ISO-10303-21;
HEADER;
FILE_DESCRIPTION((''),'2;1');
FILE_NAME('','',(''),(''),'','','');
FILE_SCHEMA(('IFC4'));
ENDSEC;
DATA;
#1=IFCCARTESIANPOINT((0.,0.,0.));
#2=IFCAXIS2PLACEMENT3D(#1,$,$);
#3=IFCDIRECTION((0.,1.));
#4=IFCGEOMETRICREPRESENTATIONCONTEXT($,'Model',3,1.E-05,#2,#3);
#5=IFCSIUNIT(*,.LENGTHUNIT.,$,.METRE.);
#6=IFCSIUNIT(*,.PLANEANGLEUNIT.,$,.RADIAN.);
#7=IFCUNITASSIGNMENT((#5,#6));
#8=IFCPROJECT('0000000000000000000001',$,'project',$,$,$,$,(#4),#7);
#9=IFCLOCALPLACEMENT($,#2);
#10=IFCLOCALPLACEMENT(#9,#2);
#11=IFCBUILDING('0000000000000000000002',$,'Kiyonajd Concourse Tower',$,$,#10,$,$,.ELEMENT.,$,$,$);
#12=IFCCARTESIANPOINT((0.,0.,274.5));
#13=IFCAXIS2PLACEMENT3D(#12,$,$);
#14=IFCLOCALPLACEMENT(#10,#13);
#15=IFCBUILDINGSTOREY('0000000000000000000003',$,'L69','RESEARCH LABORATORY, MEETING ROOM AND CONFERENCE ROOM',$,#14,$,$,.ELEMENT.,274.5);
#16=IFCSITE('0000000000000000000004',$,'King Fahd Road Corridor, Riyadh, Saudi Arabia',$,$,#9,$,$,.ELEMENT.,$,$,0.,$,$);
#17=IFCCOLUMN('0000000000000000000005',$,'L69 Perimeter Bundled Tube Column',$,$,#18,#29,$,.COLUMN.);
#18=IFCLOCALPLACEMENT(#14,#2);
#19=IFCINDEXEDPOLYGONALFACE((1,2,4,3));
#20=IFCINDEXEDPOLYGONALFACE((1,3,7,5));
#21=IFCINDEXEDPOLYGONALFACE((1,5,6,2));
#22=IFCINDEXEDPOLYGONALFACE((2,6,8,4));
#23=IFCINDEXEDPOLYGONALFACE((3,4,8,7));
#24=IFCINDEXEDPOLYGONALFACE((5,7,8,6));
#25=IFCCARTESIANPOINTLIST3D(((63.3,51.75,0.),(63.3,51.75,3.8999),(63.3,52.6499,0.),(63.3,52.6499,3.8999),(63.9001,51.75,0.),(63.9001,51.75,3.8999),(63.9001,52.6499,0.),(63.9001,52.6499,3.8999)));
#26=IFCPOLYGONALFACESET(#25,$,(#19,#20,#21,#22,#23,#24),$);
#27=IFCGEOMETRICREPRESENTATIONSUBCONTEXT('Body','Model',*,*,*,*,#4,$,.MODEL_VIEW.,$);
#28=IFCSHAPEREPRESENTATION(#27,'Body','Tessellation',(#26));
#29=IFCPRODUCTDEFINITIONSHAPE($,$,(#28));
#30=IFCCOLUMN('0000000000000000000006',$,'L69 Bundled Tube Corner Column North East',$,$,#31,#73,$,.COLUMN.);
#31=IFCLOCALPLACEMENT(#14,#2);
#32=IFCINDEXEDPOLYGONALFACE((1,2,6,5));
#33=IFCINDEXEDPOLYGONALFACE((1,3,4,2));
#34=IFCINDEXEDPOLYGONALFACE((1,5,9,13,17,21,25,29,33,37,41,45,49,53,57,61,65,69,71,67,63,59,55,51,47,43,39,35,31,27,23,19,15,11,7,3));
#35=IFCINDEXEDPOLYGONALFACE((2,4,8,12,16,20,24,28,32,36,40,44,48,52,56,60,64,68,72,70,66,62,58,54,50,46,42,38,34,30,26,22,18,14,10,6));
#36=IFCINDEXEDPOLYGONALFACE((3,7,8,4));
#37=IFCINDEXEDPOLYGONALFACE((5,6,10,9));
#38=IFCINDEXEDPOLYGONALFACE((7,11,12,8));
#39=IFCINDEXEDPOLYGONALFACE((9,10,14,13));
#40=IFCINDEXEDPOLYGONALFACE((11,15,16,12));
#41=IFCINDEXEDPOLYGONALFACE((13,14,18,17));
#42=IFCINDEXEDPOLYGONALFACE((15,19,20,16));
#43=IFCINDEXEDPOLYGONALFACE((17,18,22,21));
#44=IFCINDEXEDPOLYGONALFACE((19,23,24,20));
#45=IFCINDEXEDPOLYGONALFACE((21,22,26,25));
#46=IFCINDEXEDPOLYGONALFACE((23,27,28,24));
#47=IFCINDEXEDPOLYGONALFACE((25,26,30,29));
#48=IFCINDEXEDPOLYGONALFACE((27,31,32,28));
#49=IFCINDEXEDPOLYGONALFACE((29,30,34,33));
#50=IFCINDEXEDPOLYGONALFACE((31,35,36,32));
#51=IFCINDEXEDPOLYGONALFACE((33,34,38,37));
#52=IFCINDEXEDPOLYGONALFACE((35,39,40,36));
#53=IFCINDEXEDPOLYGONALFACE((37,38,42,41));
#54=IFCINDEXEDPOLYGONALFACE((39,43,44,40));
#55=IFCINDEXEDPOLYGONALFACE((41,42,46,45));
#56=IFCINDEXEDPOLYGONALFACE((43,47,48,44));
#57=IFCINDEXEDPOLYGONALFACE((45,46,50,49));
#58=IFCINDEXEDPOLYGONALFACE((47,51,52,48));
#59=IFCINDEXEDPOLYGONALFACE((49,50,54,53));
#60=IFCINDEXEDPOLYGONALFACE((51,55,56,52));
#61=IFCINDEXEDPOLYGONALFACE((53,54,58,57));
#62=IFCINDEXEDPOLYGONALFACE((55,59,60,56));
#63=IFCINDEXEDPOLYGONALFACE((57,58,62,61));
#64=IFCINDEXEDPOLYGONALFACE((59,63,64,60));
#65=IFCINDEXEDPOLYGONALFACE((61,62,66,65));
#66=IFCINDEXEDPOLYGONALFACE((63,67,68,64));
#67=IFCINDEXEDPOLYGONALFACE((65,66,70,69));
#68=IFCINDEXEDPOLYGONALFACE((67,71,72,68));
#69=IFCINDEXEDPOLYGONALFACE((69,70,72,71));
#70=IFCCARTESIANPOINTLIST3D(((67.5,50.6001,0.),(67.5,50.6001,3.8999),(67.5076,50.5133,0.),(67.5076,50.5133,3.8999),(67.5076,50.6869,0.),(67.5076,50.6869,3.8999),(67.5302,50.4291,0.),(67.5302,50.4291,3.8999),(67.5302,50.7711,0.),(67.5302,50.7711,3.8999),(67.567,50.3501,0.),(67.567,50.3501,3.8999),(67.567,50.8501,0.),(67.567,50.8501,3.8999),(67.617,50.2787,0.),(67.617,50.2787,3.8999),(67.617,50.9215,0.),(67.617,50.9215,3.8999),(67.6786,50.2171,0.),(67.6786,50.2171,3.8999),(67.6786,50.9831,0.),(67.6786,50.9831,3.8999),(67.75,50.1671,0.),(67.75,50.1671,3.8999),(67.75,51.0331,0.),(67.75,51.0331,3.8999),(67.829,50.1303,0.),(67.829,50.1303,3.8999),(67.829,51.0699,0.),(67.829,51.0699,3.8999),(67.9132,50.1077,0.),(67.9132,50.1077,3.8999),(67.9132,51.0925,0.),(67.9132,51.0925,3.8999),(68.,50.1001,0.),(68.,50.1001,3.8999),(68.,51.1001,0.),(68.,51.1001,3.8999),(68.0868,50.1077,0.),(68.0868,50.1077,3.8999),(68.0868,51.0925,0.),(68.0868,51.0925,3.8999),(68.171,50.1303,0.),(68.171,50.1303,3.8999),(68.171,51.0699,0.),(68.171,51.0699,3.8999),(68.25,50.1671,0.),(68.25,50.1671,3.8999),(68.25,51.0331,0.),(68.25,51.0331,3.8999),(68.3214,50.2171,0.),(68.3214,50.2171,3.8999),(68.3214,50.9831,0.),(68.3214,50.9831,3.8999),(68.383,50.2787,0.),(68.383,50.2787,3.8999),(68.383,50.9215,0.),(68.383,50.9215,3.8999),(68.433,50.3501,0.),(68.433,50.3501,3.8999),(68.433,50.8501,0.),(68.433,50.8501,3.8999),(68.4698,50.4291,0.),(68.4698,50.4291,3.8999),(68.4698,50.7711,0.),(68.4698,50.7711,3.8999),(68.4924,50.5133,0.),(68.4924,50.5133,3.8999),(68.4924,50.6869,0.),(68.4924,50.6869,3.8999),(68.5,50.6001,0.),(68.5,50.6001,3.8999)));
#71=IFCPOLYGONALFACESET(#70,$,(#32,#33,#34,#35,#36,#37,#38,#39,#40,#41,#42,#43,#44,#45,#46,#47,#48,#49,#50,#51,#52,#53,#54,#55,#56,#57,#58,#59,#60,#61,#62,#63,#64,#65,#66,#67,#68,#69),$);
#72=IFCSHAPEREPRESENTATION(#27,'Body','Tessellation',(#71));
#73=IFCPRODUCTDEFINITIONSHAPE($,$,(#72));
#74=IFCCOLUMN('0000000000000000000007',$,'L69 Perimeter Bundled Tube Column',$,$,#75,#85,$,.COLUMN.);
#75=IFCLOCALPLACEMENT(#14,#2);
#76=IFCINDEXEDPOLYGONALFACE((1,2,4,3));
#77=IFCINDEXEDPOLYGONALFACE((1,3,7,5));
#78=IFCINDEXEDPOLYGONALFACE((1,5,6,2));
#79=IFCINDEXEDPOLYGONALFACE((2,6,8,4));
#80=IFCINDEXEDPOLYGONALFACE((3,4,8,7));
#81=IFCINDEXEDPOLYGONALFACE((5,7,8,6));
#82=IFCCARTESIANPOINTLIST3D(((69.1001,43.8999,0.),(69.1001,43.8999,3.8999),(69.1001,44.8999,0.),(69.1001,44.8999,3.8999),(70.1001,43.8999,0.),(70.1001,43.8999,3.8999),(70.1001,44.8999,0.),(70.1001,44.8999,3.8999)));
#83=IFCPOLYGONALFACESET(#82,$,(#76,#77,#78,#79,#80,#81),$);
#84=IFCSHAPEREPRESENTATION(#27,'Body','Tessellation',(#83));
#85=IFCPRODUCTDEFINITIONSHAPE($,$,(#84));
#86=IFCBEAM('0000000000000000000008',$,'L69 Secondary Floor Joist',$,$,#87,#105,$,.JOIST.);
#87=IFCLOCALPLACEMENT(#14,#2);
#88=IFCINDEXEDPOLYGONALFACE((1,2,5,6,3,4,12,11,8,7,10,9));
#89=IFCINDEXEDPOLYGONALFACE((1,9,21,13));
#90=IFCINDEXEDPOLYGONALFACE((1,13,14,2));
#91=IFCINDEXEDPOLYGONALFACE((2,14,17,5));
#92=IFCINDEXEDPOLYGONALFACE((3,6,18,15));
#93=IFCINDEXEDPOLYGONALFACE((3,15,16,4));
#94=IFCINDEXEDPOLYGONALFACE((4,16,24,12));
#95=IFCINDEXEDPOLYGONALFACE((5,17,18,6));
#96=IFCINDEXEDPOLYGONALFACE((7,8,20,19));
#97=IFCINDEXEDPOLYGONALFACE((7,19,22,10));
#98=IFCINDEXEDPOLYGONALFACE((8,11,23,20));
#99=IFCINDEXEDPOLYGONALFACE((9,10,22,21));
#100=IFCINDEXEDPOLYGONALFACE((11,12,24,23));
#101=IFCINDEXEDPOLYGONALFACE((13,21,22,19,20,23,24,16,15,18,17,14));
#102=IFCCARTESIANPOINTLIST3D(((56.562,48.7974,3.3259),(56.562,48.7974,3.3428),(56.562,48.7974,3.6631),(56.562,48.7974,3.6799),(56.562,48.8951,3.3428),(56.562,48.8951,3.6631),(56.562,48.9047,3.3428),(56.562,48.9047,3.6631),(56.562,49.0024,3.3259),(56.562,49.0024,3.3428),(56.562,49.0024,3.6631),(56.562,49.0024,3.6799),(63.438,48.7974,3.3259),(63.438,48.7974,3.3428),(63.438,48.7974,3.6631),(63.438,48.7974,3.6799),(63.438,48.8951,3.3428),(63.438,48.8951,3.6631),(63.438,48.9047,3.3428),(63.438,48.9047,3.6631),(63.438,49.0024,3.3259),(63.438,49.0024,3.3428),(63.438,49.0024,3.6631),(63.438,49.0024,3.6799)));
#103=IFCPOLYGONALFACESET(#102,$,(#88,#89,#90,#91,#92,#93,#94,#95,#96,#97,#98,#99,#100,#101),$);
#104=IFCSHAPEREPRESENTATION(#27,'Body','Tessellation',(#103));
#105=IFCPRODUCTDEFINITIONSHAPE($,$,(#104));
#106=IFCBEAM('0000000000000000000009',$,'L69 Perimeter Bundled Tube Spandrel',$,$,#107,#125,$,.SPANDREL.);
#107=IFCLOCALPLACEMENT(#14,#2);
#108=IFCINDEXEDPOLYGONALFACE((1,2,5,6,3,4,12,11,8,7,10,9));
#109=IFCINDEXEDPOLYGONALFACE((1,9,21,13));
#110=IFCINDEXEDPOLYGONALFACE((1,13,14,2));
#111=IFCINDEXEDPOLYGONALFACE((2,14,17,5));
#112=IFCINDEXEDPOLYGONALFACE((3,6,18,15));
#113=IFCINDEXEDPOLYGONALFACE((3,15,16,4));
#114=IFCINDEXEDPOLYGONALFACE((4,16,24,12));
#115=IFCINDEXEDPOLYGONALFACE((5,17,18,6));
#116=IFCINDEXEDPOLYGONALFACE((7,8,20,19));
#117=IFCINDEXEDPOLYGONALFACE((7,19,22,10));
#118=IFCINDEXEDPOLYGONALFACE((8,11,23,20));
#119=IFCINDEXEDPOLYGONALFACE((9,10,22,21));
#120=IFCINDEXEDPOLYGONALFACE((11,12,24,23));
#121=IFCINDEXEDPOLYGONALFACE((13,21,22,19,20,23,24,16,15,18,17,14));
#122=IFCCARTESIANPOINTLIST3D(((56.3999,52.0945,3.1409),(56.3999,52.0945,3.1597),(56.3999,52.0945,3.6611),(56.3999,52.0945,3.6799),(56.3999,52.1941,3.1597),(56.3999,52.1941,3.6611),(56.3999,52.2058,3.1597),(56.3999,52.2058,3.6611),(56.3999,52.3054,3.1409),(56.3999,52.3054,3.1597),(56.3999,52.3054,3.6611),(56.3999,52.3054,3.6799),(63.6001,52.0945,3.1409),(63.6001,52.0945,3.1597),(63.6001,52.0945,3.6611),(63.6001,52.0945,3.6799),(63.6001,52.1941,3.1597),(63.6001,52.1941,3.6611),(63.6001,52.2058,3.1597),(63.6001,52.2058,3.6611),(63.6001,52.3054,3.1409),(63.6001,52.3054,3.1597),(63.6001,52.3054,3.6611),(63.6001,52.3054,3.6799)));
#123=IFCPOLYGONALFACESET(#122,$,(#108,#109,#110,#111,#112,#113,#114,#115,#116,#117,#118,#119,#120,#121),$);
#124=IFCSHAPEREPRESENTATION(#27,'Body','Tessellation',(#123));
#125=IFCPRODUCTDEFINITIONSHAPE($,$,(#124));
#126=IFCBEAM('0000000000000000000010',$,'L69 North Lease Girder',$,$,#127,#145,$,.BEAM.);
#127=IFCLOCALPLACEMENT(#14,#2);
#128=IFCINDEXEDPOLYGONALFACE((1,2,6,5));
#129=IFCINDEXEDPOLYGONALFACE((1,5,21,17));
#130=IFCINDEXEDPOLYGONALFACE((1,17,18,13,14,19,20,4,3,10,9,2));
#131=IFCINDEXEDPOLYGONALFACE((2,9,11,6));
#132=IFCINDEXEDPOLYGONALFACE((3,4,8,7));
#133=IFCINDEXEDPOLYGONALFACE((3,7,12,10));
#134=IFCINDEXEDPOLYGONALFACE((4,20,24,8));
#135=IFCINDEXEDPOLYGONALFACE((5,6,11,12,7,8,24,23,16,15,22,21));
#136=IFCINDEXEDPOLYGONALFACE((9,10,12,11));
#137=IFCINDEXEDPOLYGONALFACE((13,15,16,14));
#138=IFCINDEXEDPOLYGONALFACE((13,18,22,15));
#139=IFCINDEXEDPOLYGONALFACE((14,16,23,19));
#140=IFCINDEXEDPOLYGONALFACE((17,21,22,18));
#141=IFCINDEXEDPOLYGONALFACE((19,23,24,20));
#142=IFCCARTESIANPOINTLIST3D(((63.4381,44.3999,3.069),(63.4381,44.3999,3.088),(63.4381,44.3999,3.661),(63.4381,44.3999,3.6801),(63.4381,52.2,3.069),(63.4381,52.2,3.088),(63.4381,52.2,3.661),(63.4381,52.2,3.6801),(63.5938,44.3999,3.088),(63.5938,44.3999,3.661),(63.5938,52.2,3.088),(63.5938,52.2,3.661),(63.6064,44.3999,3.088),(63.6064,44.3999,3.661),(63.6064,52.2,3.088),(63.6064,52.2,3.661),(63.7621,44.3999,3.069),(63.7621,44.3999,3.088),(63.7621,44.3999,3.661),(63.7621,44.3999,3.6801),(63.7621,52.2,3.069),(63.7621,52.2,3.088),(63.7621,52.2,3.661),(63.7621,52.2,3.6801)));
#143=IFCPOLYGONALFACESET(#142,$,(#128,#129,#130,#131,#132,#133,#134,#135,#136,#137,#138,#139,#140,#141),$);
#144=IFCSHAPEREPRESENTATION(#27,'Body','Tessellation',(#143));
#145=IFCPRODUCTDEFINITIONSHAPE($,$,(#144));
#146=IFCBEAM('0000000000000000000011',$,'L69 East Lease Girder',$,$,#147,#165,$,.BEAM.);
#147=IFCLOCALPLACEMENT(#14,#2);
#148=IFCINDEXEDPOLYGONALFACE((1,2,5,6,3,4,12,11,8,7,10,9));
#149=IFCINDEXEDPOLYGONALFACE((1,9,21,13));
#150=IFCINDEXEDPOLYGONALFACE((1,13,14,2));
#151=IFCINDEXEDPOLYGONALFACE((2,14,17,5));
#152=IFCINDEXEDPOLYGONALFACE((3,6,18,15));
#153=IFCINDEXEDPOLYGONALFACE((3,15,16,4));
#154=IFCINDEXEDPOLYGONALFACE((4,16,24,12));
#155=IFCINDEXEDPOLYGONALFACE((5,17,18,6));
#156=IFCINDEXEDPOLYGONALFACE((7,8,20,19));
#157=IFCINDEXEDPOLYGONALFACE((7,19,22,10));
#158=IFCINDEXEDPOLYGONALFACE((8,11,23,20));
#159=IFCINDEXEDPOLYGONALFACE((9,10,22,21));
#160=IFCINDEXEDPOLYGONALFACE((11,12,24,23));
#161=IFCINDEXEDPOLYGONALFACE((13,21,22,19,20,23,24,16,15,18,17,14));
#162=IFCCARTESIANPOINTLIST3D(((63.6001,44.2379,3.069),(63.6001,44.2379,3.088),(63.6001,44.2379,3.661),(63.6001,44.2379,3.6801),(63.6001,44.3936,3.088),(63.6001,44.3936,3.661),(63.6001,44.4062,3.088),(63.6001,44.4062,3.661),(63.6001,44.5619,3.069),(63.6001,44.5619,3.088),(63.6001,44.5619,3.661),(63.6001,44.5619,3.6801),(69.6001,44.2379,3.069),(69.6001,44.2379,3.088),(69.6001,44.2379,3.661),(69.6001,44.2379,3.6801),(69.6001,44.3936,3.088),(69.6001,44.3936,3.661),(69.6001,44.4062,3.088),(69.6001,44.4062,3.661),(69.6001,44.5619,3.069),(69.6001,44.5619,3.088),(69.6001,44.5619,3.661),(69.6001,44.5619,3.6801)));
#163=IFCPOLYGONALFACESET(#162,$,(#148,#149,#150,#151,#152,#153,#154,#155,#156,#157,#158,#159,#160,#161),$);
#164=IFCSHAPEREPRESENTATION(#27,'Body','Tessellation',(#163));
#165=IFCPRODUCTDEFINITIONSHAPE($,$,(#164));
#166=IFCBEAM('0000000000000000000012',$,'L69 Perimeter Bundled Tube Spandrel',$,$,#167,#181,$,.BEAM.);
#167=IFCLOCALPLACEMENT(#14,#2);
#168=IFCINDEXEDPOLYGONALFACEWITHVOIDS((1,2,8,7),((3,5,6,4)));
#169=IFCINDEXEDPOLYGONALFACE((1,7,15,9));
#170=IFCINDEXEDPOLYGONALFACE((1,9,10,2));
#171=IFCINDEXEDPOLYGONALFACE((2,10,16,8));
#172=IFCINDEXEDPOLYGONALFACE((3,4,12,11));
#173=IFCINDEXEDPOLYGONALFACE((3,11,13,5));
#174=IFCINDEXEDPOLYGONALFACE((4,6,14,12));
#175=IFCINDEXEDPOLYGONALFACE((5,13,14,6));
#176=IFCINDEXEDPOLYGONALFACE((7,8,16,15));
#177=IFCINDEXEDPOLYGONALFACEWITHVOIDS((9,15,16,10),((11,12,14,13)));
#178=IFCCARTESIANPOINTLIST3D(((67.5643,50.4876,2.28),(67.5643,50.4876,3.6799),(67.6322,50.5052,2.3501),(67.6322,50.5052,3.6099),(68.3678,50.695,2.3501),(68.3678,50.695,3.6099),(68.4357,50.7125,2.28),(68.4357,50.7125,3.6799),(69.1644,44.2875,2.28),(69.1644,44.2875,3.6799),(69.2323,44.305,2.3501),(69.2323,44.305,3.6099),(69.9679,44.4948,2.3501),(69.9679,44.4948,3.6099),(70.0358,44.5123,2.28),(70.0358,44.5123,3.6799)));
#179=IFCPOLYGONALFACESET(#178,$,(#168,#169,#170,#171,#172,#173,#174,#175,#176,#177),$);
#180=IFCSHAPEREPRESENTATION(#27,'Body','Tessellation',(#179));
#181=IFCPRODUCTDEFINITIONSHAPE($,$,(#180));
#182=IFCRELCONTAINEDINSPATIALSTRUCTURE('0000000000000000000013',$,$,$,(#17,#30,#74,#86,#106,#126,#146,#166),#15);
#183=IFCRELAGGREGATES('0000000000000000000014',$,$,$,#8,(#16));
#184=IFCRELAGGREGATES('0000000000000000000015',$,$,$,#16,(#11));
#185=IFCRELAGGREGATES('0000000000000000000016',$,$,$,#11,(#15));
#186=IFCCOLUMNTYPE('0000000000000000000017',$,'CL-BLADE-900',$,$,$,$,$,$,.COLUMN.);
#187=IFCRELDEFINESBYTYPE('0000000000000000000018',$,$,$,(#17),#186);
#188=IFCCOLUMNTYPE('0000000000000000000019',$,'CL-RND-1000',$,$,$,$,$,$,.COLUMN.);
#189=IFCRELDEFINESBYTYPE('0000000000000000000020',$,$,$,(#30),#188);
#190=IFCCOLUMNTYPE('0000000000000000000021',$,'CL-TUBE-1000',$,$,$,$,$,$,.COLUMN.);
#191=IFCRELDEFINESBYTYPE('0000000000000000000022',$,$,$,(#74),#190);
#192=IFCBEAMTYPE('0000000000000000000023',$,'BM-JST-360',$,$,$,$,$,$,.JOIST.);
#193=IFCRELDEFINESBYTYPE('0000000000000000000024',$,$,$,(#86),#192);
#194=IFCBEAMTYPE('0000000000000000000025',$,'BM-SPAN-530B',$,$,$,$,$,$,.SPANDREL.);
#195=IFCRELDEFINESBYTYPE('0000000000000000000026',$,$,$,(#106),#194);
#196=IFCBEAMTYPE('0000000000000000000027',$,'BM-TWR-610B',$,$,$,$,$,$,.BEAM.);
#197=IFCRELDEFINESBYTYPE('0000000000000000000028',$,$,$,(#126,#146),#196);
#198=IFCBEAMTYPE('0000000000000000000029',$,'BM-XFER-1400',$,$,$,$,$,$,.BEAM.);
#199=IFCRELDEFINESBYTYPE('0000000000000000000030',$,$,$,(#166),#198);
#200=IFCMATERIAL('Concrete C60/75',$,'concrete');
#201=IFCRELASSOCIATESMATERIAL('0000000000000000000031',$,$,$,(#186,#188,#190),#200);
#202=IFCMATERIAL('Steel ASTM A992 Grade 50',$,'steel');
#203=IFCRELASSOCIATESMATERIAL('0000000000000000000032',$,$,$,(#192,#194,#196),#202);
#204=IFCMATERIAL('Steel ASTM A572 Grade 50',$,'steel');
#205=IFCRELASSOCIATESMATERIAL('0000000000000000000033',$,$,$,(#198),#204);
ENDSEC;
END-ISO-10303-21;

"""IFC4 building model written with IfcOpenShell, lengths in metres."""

from ifc_helpers import new_model, si_unit, direction, frame, origin, origin_2d, place, context, subcontext, project, spatial, rectangle, hollow_rectangle, circle, i_section, extrude, material, material_profile, profile_set, type_object, element, save


model = new_model("IFC4")

# Units and contexts
model_context = context("Model", 3, precision=1e-05, world=origin(), true_north=direction((0.0, 1.0)))
body_context = subcontext(model_context, "Body", "Model", "MODEL_VIEW")
ifc_project = project(units=[si_unit("LENGTHUNIT", "METRE"), si_unit("PLANEANGLEUNIT", "RADIAN")], contexts=[model_context])

# Site, building, storey
site_placement = place(None, origin())
site = spatial("IfcSite", under=ifc_project, at=site_placement, Name="King Fahd Road Corridor, Riyadh, Saudi Arabia", CompositionType="ELEMENT", RefElevation=0.0)
building_placement = place(site_placement, origin())
building = spatial("IfcBuilding", under=site, at=building_placement, Name="Kiyonajd Concourse Tower", CompositionType="ELEMENT")
storey_placement = place(building_placement, frame((0.0, 0.0, 274.5)))
storey = spatial("IfcBuildingStorey", under=building, at=storey_placement, Name="L69", Description="RESEARCH LABORATORY, MEETING ROOM AND CONFERENCE ROOM", CompositionType="ELEMENT", Elevation=274.5)

# Columns
ifc_material_1 = material(Name="Concrete C60/75", Category="concrete")
ifc_material_profile_1 = material_profile(ifc_material_1, rectangle(XDim=0.6001, YDim=0.8999, at=origin_2d()), Name="RC-900x600")
ifc_profile_set_1 = profile_set([ifc_material_profile_1], Name="Concrete C60/75")
column_type_1 = type_object("IfcColumnType", Name="CL-BLADE-900", PredefinedType="COLUMN", material=ifc_profile_set_1)
column_1_placement = place(storey_placement, frame((63.6001, 52.2, 0.0), z_axis=(0.0, 0.0, 1.0), x_axis=(1.0, 0.0, 0.0)))
element("IfcColumn", 1, at=column_1_placement, inside=storey, type_object=column_type_1, Name="L69 Perimeter Bundled Tube Column", PredefinedType="COLUMN", context=body_context, shape_type="SweptSolid", body=[
    extrude(rectangle(XDim=0.6001, YDim=0.8999, at=origin_2d()), origin(), (0.0, 0.0, 1.0), 3.8999),
])
ifc_material_profile_2 = material_profile(ifc_material_1, circle(Radius=0.5, at=origin_2d()), Name="RCC-D1000")
ifc_profile_set_2 = profile_set([ifc_material_profile_2], Name="Concrete C60/75")
column_type_2 = type_object("IfcColumnType", Name="CL-RND-1000", PredefinedType="COLUMN", material=ifc_profile_set_2)
column_2_placement = place(storey_placement, frame((68.0, 50.6001, 0.0), z_axis=(0.0, 0.0, 1.0), x_axis=(1.0, 0.0, 0.0)))
element("IfcColumn", 2, at=column_2_placement, inside=storey, type_object=column_type_2, Name="L69 Bundled Tube Corner Column North East", PredefinedType="COLUMN", context=body_context, shape_type="SweptSolid", body=[
    extrude(circle(Radius=0.5, at=origin_2d()), origin(), (0.0, 0.0, 1.0), 3.8999),
])
ifc_material_profile_3 = material_profile(ifc_material_1, rectangle(XDim=1.0, YDim=1.0, at=origin_2d()), Name="RC-1000x1000")
ifc_profile_set_3 = profile_set([ifc_material_profile_3], Name="Concrete C60/75")
column_type_3 = type_object("IfcColumnType", Name="CL-TUBE-1000", PredefinedType="COLUMN", material=ifc_profile_set_3)
column_3_placement = place(storey_placement, frame((69.6001, 44.3999, 0.0), z_axis=(0.0, 0.0, 1.0), x_axis=(1.0, 0.0, 0.0)))
element("IfcColumn", 3, at=column_3_placement, inside=storey, type_object=column_type_3, Name="L69 Perimeter Bundled Tube Column", PredefinedType="COLUMN", context=body_context, shape_type="SweptSolid", body=[
    extrude(rectangle(XDim=1.0, YDim=1.0, at=origin_2d()), origin(), (0.0, 0.0, 1.0), 3.8999),
])

# Beams
ifc_material_2 = material(Name="Steel ASTM A992 Grade 50", Category="steel")
ifc_material_profile_4 = material_profile(ifc_material_2, i_section(OverallWidth=0.2051, OverallDepth=0.354, WebThickness=0.0095, FlangeThickness=0.0168, at=origin_2d()), Name="W360X79")
ifc_profile_set_4 = profile_set([ifc_material_profile_4], Name="Steel ASTM A992 Grade 50")
beam_type_1 = type_object("IfcBeamType", Name="BM-JST-360", PredefinedType="JOIST", material=ifc_profile_set_4)
beam_1_placement = place(storey_placement, frame((56.562, 48.8999, 3.5029), z_axis=(1.0, 0.0, 0.0), x_axis=(0.0, 1.0, 0.0)))
element("IfcBeam", 4, at=beam_1_placement, inside=storey, type_object=beam_type_1, Name="L69 Secondary Floor Joist", PredefinedType="JOIST", context=body_context, shape_type="SweptSolid", body=[
    extrude(i_section(OverallWidth=0.2051, OverallDepth=0.354, WebThickness=0.0095, FlangeThickness=0.0168, at=origin_2d()), origin(), (0.0, 0.0, 1.0), 6.876),
])
ifc_material_profile_5 = material_profile(ifc_material_2, i_section(OverallWidth=0.2109, OverallDepth=0.5391, WebThickness=0.0117, FlangeThickness=0.0188, at=origin_2d()), Name="W530X109")
ifc_profile_set_5 = profile_set([ifc_material_profile_5], Name="Steel ASTM A992 Grade 50")
beam_type_2 = type_object("IfcBeamType", Name="BM-SPAN-530B", PredefinedType="SPANDREL", material=ifc_profile_set_5)
beam_2_placement = place(storey_placement, frame((63.6001, 52.2, 3.4104), z_axis=(-1.0, 0.0, 0.0), x_axis=(0.0, -1.0, 0.0)))
element("IfcBeam", 5, at=beam_2_placement, inside=storey, type_object=beam_type_2, Name="L69 Perimeter Bundled Tube Spandrel", PredefinedType="SPANDREL", context=body_context, shape_type="SweptSolid", body=[
    extrude(i_section(OverallWidth=0.2109, OverallDepth=0.5391, WebThickness=0.0117, FlangeThickness=0.0188, at=origin_2d()), origin(), (0.0, 0.0, 1.0), 7.2002),
])
ifc_material_profile_6 = material_profile(ifc_material_2, i_section(OverallWidth=0.324, OverallDepth=0.6111, WebThickness=0.0127, FlangeThickness=0.019, at=origin_2d()), Name="W610X155")
ifc_profile_set_6 = profile_set([ifc_material_profile_6], Name="Steel ASTM A992 Grade 50")
beam_type_3 = type_object("IfcBeamType", Name="BM-TWR-610B", PredefinedType="BEAM", material=ifc_profile_set_6)
beam_3_placement = place(storey_placement, frame((63.6001, 44.3999, 3.3745), z_axis=(0.0, 1.0, 0.0), x_axis=(-1.0, 0.0, 0.0)))
element("IfcBeam", 6, at=beam_3_placement, inside=storey, type_object=beam_type_3, Name="L69 North Lease Girder", PredefinedType="BEAM", context=body_context, shape_type="SweptSolid", body=[
    extrude(i_section(OverallWidth=0.324, OverallDepth=0.6111, WebThickness=0.0127, FlangeThickness=0.019, at=origin_2d()), origin(), (0.0, 0.0, 1.0), 7.8),
])
beam_4_placement = place(storey_placement, frame((63.6001, 44.3999, 3.3745), z_axis=(1.0, 0.0, 0.0), x_axis=(0.0, 1.0, 0.0)))
element("IfcBeam", 7, at=beam_4_placement, inside=storey, type_object=beam_type_3, Name="L69 East Lease Girder", PredefinedType="BEAM", context=body_context, shape_type="SweptSolid", body=[
    extrude(i_section(OverallWidth=0.324, OverallDepth=0.6111, WebThickness=0.0127, FlangeThickness=0.019, at=origin_2d()), origin(), (0.0, 0.0, 1.0), 6.0),
])
ifc_material_3 = material(Name="Steel ASTM A572 Grade 50", Category="steel")
ifc_material_profile_7 = material_profile(ifc_material_3, hollow_rectangle(XDim=0.8999, YDim=1.3999, WallThickness=0.0701, at=origin_2d()), Name="BOX-1400x900x70")
ifc_profile_set_7 = profile_set([ifc_material_profile_7], Name="Steel ASTM A572 Grade 50")
beam_type_4 = type_object("IfcBeamType", Name="BM-XFER-1400", PredefinedType="BEAM", material=ifc_profile_set_7)
beam_5_placement = place(storey_placement, frame((69.6001, 44.3999, 2.98), z_axis=(-0.249885, 0.968276, 0.0), x_axis=(-0.968276, -0.249885, 0.0)))
element("IfcBeam", 8, at=beam_5_placement, inside=storey, type_object=beam_type_4, Name="L69 Perimeter Bundled Tube Spandrel", PredefinedType="BEAM", context=body_context, shape_type="SweptSolid", body=[
    extrude(hollow_rectangle(XDim=0.8999, YDim=1.3999, WallThickness=0.0701, at=origin_2d()), origin(), (0.0, 0.0, 1.0), 6.4033),
])

save(model, "model.ifc")
